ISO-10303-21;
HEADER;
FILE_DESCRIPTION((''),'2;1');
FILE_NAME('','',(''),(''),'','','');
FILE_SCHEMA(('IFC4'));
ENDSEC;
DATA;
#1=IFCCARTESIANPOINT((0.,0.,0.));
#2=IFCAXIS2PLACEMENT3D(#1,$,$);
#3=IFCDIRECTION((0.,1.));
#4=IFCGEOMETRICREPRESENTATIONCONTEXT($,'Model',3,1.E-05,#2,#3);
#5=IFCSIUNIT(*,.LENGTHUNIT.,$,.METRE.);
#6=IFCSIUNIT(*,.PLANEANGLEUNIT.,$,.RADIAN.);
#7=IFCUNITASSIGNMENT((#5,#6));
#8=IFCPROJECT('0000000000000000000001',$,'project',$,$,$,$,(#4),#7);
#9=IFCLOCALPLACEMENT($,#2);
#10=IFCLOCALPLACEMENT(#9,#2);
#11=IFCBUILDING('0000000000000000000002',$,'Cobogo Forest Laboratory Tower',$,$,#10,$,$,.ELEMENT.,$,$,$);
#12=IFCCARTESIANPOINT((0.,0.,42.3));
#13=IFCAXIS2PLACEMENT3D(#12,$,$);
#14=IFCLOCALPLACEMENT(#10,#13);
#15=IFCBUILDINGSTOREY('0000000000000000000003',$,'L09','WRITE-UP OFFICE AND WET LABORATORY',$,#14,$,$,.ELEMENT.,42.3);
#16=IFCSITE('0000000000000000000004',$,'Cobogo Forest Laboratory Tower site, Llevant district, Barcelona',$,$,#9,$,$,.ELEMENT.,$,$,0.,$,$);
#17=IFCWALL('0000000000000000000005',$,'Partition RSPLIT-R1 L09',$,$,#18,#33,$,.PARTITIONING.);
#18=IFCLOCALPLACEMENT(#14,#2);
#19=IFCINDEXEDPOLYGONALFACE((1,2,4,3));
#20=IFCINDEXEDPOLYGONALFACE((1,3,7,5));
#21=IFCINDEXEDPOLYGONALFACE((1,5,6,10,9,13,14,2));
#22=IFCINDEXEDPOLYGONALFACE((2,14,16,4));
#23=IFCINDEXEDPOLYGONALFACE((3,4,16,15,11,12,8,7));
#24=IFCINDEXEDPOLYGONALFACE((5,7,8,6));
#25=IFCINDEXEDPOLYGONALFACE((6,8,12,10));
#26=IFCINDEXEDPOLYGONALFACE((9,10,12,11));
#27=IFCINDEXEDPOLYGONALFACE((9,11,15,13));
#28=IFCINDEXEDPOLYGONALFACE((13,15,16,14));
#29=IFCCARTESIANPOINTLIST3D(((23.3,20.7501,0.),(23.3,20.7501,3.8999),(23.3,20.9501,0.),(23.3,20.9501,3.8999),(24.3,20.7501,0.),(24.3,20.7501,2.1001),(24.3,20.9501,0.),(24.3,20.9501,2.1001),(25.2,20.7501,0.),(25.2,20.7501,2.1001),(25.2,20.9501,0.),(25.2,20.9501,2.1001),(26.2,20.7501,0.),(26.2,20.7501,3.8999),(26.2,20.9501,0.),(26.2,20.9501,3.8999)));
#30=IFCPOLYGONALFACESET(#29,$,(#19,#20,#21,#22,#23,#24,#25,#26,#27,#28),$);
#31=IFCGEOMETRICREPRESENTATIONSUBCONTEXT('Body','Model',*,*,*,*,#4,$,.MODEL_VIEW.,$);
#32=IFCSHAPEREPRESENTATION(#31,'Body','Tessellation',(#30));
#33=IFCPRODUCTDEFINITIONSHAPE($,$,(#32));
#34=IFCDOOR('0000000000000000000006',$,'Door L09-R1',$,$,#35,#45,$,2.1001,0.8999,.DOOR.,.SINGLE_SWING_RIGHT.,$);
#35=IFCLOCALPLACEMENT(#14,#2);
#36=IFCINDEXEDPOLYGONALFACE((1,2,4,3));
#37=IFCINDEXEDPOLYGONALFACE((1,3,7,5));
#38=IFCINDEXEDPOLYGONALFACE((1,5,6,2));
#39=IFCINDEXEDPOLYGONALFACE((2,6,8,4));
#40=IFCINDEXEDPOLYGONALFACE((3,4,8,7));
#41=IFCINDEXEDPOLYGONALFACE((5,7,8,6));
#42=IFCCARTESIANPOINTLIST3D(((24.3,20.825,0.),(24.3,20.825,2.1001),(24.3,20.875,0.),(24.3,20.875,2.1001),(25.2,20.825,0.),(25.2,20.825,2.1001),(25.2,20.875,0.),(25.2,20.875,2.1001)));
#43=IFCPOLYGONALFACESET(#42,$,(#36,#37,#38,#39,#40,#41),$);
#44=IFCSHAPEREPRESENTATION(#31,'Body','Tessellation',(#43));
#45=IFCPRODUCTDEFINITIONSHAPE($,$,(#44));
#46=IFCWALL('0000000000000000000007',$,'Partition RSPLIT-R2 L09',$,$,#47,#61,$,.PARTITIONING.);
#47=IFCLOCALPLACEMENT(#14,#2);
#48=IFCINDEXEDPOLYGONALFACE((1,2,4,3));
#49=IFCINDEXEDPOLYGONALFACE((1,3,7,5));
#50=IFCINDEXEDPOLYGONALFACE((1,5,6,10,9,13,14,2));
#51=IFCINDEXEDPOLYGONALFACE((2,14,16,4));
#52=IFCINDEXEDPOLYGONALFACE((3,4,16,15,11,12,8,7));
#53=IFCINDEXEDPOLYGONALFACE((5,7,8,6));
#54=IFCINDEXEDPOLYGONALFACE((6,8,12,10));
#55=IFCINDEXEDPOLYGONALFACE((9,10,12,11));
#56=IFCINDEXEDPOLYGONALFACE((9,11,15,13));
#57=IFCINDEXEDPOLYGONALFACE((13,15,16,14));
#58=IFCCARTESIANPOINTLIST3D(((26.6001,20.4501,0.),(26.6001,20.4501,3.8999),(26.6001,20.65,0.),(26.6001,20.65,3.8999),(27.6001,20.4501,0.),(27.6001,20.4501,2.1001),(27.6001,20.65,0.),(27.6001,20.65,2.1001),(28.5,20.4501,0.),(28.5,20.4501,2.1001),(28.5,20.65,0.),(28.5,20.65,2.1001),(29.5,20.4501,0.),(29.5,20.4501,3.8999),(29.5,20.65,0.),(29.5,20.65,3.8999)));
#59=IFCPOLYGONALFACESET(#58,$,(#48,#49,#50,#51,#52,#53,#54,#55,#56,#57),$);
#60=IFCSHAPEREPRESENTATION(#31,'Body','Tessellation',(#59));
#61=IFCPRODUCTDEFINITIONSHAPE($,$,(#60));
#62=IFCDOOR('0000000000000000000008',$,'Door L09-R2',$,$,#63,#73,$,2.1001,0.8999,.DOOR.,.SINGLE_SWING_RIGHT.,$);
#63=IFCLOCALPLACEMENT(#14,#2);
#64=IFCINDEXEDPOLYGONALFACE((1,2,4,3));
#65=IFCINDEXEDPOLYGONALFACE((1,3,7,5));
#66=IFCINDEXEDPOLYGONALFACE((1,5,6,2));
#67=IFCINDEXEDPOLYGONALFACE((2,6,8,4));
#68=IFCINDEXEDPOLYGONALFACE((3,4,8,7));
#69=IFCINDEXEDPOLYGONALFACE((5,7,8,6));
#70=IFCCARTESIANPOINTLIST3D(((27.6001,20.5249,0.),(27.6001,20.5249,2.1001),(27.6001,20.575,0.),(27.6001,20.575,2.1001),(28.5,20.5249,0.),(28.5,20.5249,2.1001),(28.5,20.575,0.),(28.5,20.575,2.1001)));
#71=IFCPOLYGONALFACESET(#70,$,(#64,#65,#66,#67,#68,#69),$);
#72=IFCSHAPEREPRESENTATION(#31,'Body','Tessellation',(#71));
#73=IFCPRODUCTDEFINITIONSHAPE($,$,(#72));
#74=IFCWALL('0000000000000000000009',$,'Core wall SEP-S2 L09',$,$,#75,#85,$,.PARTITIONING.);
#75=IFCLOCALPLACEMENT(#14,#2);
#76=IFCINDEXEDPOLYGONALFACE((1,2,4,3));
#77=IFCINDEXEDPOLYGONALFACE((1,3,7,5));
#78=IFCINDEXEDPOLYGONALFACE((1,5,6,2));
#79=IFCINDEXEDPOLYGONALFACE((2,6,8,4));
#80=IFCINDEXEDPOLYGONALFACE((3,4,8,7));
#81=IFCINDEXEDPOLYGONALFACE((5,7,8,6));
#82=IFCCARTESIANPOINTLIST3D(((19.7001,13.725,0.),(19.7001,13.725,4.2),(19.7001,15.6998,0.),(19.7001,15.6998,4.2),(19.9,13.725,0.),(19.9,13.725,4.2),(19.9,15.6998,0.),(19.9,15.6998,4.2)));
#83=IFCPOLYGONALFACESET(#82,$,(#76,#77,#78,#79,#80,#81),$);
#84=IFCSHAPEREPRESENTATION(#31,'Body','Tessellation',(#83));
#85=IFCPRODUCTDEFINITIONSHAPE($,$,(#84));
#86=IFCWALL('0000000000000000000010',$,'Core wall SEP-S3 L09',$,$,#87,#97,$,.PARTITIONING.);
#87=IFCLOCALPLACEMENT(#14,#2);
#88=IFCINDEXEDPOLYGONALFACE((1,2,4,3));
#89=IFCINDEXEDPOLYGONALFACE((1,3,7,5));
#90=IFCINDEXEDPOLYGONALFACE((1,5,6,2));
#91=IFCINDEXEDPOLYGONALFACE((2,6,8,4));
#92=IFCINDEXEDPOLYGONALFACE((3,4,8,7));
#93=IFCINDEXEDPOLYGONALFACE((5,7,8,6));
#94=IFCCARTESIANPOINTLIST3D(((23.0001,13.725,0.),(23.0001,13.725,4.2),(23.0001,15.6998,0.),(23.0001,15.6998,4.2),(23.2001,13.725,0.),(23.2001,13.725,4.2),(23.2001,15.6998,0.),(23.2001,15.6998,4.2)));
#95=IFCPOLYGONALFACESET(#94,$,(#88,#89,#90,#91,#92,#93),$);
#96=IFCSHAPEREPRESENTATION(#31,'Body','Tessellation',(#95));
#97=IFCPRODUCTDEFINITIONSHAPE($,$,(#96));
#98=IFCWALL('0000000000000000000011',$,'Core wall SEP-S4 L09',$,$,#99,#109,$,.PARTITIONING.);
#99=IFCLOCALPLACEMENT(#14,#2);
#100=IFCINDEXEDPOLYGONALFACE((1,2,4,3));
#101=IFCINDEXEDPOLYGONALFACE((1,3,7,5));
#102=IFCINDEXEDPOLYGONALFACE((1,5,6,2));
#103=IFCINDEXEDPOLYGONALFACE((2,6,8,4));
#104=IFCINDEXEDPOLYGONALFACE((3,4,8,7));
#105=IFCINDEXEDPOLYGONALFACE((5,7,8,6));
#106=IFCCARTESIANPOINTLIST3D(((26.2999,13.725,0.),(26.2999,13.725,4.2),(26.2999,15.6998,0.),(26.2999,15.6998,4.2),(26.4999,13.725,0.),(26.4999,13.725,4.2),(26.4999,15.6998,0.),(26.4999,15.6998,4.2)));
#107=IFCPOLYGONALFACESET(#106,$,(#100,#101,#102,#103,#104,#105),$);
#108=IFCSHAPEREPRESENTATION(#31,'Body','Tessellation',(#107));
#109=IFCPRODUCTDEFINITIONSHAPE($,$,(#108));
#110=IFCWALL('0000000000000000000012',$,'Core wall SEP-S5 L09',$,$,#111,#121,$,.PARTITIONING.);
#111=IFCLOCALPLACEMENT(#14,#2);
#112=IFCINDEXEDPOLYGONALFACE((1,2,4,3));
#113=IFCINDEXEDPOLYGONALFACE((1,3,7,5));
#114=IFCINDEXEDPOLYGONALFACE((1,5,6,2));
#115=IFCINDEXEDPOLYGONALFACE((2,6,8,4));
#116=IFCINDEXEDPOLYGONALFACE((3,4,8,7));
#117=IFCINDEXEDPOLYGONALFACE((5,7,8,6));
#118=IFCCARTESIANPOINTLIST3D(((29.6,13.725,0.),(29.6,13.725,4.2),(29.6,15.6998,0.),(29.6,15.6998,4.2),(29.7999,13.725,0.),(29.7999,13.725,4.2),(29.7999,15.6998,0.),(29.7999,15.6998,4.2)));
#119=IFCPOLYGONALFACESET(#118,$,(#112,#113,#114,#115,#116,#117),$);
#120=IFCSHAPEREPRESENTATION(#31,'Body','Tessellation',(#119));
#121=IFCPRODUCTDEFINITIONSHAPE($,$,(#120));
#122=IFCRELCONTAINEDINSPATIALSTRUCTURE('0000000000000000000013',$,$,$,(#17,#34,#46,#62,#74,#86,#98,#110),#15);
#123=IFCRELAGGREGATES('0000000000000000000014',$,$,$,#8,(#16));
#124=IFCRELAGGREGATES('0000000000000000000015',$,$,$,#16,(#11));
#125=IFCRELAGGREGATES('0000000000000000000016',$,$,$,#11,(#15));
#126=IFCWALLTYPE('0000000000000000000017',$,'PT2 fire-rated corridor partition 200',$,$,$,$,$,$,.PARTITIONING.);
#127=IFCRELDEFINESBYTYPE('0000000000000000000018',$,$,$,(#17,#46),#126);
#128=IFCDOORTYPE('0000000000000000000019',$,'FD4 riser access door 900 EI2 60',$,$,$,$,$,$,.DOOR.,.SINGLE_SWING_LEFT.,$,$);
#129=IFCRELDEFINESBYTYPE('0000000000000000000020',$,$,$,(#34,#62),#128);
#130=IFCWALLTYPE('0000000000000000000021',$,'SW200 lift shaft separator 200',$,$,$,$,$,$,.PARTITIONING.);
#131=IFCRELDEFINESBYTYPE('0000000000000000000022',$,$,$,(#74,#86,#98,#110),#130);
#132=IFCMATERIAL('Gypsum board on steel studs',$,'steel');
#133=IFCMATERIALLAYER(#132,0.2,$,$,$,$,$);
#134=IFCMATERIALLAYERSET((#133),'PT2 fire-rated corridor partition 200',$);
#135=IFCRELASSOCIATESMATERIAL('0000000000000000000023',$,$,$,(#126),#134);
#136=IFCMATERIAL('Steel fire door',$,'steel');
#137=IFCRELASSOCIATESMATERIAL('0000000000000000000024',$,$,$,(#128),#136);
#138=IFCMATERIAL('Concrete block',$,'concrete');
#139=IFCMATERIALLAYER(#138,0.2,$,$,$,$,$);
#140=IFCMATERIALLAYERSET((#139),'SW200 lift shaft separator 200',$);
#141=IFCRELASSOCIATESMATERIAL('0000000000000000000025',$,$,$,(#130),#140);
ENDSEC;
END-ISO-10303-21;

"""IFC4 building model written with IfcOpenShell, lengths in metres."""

from ifc_helpers import new_model, si_unit, direction, frame, frame_2d, origin, place, context, subcontext, project, spatial, rectangle, extrude, material, layer, layer_set, type_object, element, fill, save


model = new_model("IFC4")

# Units and contexts
model_context = context("Model", 3, precision=1e-05, world=origin(), true_north=direction((0.0, 1.0)))
body_context = subcontext(model_context, "Body", "Model", "MODEL_VIEW")
ifc_project = project(units=[si_unit("LENGTHUNIT", "METRE"), si_unit("PLANEANGLEUNIT", "RADIAN")], contexts=[model_context])

# Site, building, storey
site_placement = place(None, origin())
site = spatial("IfcSite", under=ifc_project, at=site_placement, Name="Cobogo Forest Laboratory Tower site, Llevant district, Barcelona", CompositionType="ELEMENT", RefElevation=0.0)
building_placement = place(site_placement, origin())
building = spatial("IfcBuilding", under=site, at=building_placement, Name="Cobogo Forest Laboratory Tower", CompositionType="ELEMENT")
storey_placement = place(building_placement, frame((0.0, 0.0, 42.3)))
storey = spatial("IfcBuildingStorey", under=building, at=storey_placement, Name="L09", Description="WRITE-UP OFFICE AND WET LABORATORY", CompositionType="ELEMENT", Elevation=42.3)

# Shared definitions
ifc_material_1 = material(Name="Gypsum board on steel studs", Category="steel")

# Walls, openings, doors
ifc_layer_1 = layer(ifc_material_1, 0.2)
ifc_layer_set_1 = layer_set([ifc_layer_1], Name="PT2 fire-rated corridor partition 200")
wall_type_1 = type_object("IfcWallType", Name="PT2 fire-rated corridor partition 200", PredefinedType="PARTITIONING", material=ifc_layer_set_1)
wall_1_placement = place(storey_placement, frame((23.3, 20.8501, 0.0), z_axis=(0.0, 0.0, 1.0), x_axis=(1.0, 0.0, 0.0)))
wall_1 = element("IfcWall", 1, at=wall_1_placement, inside=storey, type_object=wall_type_1, Name="Partition RSPLIT-R1 L09", PredefinedType="PARTITIONING", context=body_context, shape_type="SweptSolid", body=[
    extrude(rectangle(XDim=2.8999, YDim=0.2, at=frame_2d((1.45, 0.0))), origin(), (0.0, 0.0, 1.0), 3.8999),
])
opening_1_placement = place(wall_1_placement, frame((1.0, 0.0, 0.0)))
opening_1 = element("IfcOpeningElement", 2, at=opening_1_placement, cuts=wall_1, PredefinedType="OPENING", context=body_context, shape_type="SweptSolid", body=[
    extrude(rectangle(XDim=0.8999, YDim=2.1001, at=frame_2d((0.45, 1.05))), frame((0.0, 0.1099, 0.0), z_axis=(0.0, -1.0, 0.0), x_axis=(1.0, 0.0, 0.0)), (0.0, 0.0, 1.0), 0.22),
])
ifc_material_2 = material(Name="Steel fire door", Category="steel")
door_type_1 = type_object("IfcDoorType", Name="FD4 riser access door 900 EI2 60", OperationType="SINGLE_SWING_LEFT", PredefinedType="DOOR", material=ifc_material_2)
door_1_placement = place(opening_1_placement, origin())
door_1 = element("IfcDoor", 3, at=door_1_placement, inside=storey, type_object=door_type_1, Name="Door L09-R1", OperationType="SINGLE_SWING_RIGHT", OverallHeight=2.1001, OverallWidth=0.8999, PredefinedType="DOOR", context=body_context, shape_type="SweptSolid", body=[
    extrude(rectangle(XDim=0.8999, YDim=2.1001, at=frame_2d((0.45, 1.05))), frame((0.0, 0.0249, 0.0), z_axis=(0.0, -1.0, 0.0), x_axis=(1.0, 0.0, 0.0)), (0.0, 0.0, 1.0), 0.05),
])
fill(opening_1, door_1)
wall_2_placement = place(storey_placement, frame((26.6001, 20.55, 0.0), z_axis=(0.0, 0.0, 1.0), x_axis=(1.0, 0.0, 0.0)))
wall_2 = element("IfcWall", 4, at=wall_2_placement, inside=storey, type_object=wall_type_1, Name="Partition RSPLIT-R2 L09", PredefinedType="PARTITIONING", context=body_context, shape_type="SweptSolid", body=[
    extrude(rectangle(XDim=2.8999, YDim=0.2, at=frame_2d((1.45, 0.0))), origin(), (0.0, 0.0, 1.0), 3.8999),
])
opening_2_placement = place(wall_2_placement, frame((1.0, 0.0, 0.0)))
opening_2 = element("IfcOpeningElement", 5, at=opening_2_placement, cuts=wall_2, PredefinedType="OPENING", context=body_context, shape_type="SweptSolid", body=[
    extrude(rectangle(XDim=0.8999, YDim=2.1001, at=frame_2d((0.45, 1.05))), frame((0.0, 0.1099, 0.0), z_axis=(0.0, -1.0, 0.0), x_axis=(1.0, 0.0, 0.0)), (0.0, 0.0, 1.0), 0.22),
])
door_2_placement = place(opening_2_placement, origin())
door_2 = element("IfcDoor", 6, at=door_2_placement, inside=storey, type_object=door_type_1, Name="Door L09-R2", OperationType="SINGLE_SWING_RIGHT", OverallHeight=2.1001, OverallWidth=0.8999, PredefinedType="DOOR", context=body_context, shape_type="SweptSolid", body=[
    extrude(rectangle(XDim=0.8999, YDim=2.1001, at=frame_2d((0.45, 1.05))), frame((0.0, 0.0249, 0.0), z_axis=(0.0, -1.0, 0.0), x_axis=(1.0, 0.0, 0.0)), (0.0, 0.0, 1.0), 0.05),
])
fill(opening_2, door_2)

# Walls
ifc_material_3 = material(Name="Concrete block", Category="concrete")
ifc_layer_2 = layer(ifc_material_3, 0.2)
ifc_layer_set_2 = layer_set([ifc_layer_2], Name="SW200 lift shaft separator 200")
wall_type_2 = type_object("IfcWallType", Name="SW200 lift shaft separator 200", PredefinedType="PARTITIONING", material=ifc_layer_set_2)
for number, where, z_axis, x_axis, name in (
    (7, (19.8, 13.7251, 0.0), (0.0, 0.0, 1.0), (0.0, 1.0, 0.0), "Core wall SEP-S2 L09"),
    (8, (23.1001, 13.7251, 0.0), (0.0, 0.0, 1.0), (0.0, 1.0, 0.0), "Core wall SEP-S3 L09"),
    (9, (26.3999, 13.7251, 0.0), (0.0, 0.0, 1.0), (0.0, 1.0, 0.0), "Core wall SEP-S4 L09"),
    (10, (29.7, 13.7251, 0.0), (0.0, 0.0, 1.0), (0.0, 1.0, 0.0), "Core wall SEP-S5 L09"),
):
    element("IfcWall", number, at=place(storey_placement, frame(where, z_axis=z_axis, x_axis=x_axis)), inside=storey, type_object=wall_type_2, Name=name, PredefinedType="PARTITIONING", context=body_context, shape_type="SweptSolid", body=[
        extrude(rectangle(XDim=1.9749, YDim=0.2, at=frame_2d((0.9873, 0.0))), origin(), (0.0, 0.0, 1.0), 4.2),
    ])

save(model, "model.ifc")
